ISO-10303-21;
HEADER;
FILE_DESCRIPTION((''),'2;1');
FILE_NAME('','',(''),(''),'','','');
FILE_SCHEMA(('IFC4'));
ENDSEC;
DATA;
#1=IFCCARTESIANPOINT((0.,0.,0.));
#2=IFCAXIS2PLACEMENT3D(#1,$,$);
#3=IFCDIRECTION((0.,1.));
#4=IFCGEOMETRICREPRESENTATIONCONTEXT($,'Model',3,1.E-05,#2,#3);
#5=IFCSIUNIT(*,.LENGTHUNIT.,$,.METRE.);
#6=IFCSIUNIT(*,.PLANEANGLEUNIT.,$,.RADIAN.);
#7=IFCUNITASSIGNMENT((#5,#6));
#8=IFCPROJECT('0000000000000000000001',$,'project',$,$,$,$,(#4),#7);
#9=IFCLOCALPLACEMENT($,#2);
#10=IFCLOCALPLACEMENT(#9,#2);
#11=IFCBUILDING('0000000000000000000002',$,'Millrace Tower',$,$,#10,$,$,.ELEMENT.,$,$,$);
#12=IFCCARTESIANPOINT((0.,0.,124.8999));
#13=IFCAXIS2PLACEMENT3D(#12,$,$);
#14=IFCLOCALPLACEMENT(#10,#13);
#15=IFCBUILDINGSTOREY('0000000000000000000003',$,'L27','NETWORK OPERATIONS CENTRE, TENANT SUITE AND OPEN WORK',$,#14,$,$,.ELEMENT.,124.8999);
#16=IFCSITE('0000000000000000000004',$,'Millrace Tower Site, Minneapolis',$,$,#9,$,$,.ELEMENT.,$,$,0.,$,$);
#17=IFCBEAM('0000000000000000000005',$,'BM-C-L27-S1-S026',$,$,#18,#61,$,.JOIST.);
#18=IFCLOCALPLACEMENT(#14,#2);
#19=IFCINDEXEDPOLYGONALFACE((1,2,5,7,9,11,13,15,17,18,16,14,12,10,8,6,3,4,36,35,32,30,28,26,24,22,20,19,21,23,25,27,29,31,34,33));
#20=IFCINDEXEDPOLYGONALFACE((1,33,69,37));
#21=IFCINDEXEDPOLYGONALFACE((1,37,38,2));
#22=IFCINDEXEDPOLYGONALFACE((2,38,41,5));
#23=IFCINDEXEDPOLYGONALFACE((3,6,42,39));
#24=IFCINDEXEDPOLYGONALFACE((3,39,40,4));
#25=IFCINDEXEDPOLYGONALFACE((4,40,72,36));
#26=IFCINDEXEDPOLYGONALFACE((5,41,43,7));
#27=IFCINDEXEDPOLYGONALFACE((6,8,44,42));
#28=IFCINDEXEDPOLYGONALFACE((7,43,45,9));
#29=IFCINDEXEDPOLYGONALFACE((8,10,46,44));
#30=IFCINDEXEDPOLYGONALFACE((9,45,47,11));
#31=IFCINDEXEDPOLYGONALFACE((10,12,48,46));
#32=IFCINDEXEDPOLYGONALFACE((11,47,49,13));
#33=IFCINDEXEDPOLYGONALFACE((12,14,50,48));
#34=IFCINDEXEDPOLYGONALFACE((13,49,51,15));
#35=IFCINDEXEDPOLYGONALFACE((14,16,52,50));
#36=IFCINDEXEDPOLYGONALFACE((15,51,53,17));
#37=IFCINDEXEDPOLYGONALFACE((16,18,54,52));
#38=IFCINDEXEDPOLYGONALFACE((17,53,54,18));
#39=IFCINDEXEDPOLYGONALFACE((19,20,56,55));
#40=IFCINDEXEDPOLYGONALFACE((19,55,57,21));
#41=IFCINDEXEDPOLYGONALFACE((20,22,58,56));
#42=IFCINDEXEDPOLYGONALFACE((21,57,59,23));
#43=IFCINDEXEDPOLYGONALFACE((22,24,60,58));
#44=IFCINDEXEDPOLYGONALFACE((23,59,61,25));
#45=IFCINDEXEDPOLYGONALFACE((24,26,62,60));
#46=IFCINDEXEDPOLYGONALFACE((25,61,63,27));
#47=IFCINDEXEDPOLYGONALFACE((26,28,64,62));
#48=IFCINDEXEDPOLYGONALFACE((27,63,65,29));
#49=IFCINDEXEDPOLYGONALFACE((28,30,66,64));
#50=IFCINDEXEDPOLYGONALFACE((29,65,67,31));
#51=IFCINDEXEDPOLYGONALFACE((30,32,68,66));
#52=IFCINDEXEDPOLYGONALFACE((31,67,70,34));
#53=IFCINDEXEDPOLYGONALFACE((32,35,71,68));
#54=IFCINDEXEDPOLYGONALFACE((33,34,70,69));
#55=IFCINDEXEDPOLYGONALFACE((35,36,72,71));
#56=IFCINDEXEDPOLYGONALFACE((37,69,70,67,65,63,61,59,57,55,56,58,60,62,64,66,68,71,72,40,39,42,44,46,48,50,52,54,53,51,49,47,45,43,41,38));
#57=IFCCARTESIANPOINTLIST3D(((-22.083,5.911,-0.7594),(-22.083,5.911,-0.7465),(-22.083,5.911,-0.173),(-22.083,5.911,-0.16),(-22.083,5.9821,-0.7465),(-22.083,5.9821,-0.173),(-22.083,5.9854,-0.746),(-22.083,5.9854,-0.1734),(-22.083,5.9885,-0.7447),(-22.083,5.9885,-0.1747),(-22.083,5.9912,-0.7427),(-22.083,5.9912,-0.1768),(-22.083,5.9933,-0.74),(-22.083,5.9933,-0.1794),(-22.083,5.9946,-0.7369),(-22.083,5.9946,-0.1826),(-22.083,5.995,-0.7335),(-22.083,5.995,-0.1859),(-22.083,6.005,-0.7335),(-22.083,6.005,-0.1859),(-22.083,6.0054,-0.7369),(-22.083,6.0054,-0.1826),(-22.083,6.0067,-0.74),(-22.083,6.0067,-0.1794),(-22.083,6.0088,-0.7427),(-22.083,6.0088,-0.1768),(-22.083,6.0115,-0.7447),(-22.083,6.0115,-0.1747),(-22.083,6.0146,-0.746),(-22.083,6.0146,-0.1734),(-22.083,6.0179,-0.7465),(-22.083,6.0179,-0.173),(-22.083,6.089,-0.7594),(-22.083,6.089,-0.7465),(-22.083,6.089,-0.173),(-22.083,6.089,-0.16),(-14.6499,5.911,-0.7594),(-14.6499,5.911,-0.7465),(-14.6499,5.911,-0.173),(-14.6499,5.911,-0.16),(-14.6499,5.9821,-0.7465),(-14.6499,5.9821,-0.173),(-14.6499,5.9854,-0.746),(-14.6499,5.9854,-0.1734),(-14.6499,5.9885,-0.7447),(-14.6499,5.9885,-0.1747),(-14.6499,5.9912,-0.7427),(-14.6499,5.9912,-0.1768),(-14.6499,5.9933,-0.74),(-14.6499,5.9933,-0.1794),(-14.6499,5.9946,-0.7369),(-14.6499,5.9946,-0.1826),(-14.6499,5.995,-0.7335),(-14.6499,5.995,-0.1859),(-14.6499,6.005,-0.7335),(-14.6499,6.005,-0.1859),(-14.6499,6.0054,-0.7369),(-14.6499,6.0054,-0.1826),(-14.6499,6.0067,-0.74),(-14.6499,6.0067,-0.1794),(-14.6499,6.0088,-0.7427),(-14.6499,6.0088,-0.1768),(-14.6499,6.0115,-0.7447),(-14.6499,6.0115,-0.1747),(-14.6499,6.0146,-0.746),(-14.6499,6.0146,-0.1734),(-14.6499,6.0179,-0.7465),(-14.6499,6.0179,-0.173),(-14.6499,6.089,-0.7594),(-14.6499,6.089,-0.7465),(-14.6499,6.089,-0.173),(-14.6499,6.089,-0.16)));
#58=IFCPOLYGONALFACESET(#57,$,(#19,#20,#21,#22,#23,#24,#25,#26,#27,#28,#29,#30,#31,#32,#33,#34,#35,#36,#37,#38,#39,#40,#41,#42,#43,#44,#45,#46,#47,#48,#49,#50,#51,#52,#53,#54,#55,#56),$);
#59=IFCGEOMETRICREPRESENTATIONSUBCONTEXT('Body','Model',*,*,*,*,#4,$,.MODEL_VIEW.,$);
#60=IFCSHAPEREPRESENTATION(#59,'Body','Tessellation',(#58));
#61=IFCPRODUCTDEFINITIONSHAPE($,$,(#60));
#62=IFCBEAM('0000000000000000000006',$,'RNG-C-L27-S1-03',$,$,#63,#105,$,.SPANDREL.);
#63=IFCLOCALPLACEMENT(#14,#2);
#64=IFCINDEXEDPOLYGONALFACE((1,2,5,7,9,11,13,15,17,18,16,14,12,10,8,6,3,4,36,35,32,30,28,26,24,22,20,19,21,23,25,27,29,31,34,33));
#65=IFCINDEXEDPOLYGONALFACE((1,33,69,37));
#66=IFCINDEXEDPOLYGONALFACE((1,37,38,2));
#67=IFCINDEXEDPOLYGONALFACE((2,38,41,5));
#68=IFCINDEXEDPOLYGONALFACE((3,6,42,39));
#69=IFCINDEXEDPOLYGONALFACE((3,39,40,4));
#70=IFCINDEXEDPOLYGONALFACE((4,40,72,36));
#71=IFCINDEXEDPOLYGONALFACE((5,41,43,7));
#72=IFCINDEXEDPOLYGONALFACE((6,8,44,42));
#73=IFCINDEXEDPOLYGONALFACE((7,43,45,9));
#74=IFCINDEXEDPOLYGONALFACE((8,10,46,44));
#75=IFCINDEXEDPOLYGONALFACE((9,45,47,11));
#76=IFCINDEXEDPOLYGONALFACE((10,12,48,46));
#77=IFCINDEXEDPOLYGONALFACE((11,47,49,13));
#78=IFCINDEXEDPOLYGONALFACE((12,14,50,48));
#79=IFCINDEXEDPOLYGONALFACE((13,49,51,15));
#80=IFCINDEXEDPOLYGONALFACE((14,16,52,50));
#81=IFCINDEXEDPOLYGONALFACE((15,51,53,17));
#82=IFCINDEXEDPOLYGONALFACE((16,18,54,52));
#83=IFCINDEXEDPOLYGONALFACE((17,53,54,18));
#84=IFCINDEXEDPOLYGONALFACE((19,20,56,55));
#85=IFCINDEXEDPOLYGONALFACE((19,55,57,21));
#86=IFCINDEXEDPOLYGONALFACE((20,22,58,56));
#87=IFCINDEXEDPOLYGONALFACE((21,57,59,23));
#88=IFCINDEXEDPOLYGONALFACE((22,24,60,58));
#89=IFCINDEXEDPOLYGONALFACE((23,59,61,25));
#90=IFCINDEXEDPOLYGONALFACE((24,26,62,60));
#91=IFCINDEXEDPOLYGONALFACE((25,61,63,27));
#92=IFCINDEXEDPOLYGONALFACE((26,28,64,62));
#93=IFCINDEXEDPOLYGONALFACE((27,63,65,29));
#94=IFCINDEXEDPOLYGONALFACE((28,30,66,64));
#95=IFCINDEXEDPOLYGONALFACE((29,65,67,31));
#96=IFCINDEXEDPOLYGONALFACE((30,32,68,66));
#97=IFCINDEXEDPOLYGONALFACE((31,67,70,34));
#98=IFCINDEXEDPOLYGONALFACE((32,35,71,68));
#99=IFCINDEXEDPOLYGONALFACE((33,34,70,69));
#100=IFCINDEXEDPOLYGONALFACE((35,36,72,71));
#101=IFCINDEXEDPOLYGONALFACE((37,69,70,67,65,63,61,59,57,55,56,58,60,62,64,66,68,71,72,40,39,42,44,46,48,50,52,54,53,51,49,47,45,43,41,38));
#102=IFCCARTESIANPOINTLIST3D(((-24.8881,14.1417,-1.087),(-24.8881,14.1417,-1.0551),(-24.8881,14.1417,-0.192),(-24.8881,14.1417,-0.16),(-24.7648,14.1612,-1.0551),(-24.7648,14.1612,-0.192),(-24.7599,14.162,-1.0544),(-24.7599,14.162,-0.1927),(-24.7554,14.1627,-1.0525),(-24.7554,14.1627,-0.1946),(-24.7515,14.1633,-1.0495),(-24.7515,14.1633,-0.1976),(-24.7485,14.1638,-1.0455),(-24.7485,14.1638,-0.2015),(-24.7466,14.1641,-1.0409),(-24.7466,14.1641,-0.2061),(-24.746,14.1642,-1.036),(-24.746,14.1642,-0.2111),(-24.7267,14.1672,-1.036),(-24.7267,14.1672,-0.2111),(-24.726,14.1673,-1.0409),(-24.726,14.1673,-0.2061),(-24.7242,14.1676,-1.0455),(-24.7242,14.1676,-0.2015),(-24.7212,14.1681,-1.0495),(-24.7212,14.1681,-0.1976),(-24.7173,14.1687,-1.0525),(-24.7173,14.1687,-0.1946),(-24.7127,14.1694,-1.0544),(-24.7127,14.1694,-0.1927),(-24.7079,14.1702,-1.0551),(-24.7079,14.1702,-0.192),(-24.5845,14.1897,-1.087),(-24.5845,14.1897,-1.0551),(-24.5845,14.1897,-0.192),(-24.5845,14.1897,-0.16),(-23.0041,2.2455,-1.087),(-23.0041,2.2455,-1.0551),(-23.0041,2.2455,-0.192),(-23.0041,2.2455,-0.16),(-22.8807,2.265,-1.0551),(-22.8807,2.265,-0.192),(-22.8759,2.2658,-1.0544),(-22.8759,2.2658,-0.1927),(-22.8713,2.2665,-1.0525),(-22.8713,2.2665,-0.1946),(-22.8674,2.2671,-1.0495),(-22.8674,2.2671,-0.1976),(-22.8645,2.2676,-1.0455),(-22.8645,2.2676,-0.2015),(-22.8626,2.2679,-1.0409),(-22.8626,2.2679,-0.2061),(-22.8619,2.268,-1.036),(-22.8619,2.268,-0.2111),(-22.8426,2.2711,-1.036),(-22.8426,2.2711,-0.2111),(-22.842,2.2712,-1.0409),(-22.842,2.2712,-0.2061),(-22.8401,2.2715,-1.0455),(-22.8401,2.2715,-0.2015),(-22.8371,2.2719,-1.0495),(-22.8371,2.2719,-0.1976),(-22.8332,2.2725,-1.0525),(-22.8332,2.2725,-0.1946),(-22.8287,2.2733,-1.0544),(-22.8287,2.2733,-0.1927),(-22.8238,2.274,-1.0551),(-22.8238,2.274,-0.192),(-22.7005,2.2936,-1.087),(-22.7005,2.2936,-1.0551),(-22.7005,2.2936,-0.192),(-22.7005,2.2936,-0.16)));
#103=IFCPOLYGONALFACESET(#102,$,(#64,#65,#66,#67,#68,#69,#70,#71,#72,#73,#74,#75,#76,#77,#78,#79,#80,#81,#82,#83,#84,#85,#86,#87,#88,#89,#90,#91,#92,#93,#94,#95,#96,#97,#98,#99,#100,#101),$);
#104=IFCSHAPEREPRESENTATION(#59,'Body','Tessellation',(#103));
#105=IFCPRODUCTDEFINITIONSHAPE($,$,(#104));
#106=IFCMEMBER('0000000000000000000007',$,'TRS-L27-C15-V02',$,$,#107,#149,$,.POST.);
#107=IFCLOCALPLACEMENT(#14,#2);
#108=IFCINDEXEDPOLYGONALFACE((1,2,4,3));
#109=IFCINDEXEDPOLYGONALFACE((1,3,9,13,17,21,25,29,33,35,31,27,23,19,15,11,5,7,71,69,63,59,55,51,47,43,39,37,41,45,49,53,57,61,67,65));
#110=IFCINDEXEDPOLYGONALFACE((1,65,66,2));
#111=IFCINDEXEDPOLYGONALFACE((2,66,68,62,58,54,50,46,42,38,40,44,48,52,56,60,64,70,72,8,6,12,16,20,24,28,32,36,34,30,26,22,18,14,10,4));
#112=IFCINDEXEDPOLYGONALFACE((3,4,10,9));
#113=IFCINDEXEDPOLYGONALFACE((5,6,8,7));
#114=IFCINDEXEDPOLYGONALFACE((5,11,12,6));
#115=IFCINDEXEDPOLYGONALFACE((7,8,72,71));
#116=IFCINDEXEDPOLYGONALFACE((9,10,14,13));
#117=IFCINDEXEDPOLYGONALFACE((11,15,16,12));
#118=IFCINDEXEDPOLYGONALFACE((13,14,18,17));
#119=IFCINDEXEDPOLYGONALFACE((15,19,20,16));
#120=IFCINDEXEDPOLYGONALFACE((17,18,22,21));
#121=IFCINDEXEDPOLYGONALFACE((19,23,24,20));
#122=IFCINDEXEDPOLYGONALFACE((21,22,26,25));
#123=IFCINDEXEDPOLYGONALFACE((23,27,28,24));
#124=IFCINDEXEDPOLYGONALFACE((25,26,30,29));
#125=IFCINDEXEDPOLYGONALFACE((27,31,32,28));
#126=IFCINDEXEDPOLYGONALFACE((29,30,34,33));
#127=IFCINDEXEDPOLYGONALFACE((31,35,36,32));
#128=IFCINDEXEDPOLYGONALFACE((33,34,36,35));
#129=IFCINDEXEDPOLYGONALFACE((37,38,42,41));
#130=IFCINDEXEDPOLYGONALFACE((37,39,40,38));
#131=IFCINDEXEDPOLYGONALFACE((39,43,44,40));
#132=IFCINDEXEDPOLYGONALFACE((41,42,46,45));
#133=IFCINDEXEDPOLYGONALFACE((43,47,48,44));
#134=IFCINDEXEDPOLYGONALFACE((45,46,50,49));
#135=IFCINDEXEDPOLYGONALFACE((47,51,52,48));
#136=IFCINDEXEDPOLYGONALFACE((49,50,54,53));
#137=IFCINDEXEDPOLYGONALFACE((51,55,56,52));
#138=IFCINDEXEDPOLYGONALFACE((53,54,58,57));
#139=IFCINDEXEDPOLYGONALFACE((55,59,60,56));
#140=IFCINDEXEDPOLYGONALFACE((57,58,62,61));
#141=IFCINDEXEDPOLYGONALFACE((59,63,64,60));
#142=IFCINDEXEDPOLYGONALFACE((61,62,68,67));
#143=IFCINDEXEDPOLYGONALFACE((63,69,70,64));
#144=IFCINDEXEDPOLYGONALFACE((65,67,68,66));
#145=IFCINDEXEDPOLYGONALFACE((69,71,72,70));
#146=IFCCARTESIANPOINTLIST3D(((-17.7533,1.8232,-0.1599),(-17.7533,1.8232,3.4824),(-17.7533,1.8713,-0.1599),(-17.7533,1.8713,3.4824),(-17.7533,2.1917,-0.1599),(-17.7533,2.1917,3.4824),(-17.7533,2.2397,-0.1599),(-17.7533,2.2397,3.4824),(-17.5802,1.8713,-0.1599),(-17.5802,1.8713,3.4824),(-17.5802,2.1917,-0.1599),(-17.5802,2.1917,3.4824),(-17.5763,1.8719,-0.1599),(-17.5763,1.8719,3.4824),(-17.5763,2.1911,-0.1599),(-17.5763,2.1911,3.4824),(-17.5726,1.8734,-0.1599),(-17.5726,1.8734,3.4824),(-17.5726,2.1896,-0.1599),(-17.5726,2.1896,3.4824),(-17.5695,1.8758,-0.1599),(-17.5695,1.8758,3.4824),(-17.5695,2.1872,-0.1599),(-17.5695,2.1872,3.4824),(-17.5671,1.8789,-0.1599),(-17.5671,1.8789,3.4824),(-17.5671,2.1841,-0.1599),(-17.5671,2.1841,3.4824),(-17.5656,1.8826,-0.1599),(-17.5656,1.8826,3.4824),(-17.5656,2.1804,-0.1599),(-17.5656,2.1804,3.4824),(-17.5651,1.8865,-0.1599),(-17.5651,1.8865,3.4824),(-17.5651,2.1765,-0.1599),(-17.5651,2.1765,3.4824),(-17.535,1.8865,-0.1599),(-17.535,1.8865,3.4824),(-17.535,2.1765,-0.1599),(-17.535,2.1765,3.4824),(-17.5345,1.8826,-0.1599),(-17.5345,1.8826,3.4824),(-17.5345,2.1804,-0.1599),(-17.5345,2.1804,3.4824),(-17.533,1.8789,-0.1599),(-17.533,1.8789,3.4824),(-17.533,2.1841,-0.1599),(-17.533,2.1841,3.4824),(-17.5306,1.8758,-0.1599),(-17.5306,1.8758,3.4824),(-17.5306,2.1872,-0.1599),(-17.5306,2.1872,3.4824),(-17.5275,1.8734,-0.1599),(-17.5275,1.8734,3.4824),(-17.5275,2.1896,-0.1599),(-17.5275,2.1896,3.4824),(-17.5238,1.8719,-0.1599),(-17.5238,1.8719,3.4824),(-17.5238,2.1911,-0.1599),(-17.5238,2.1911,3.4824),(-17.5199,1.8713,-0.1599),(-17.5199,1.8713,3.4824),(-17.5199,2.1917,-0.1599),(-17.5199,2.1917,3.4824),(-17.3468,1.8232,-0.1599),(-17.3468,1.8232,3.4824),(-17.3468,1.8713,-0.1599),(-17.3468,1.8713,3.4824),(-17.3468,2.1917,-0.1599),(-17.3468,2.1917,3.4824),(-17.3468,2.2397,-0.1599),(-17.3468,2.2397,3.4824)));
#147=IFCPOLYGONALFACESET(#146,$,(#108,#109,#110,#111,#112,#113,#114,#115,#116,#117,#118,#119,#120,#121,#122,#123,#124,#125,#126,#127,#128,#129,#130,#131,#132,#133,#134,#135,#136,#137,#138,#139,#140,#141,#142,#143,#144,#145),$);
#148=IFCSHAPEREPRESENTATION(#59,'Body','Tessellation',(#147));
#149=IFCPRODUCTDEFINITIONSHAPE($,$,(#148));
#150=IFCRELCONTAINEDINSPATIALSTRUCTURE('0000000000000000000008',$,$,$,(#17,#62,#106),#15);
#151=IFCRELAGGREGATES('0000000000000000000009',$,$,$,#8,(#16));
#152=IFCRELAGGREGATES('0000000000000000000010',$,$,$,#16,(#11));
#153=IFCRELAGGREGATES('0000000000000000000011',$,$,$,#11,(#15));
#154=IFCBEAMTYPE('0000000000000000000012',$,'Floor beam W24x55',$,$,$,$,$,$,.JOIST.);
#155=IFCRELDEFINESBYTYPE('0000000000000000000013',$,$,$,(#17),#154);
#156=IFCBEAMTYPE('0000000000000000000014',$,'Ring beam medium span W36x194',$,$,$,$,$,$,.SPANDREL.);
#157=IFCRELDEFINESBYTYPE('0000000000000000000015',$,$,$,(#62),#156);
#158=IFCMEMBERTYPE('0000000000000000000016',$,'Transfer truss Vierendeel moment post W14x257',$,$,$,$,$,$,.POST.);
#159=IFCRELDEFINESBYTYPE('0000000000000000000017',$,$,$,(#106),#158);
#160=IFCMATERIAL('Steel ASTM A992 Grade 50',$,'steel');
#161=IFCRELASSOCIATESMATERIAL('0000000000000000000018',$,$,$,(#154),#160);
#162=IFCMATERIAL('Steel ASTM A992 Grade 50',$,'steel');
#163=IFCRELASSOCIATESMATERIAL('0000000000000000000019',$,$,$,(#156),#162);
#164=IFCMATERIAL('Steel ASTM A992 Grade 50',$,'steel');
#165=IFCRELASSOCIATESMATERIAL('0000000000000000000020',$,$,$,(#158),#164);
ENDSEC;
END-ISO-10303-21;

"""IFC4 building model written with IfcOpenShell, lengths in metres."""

from ifc_helpers import new_model, si_unit, direction, frame, origin, origin_2d, place, context, subcontext, project, spatial, i_section, extrude, material, material_profile, profile_set, type_object, element, save


model = new_model("IFC4")

# Units and contexts
model_context = context("Model", 3, precision=1e-05, world=origin(), true_north=direction((0.0, 1.0)))
body_context = subcontext(model_context, "Body", "Model", "MODEL_VIEW")
ifc_project = project(units=[si_unit("LENGTHUNIT", "METRE"), si_unit("PLANEANGLEUNIT", "RADIAN")], contexts=[model_context])

# Site, building, storey
site_placement = place(None, origin())
site = spatial("IfcSite", under=ifc_project, at=site_placement, Name="Millrace Tower Site, Minneapolis", CompositionType="ELEMENT", RefElevation=0.0)
building_placement = place(site_placement, origin())
building = spatial("IfcBuilding", under=site, at=building_placement, Name="Millrace Tower", CompositionType="ELEMENT")
storey_placement = place(building_placement, frame((0.0, 0.0, 124.8999)))
storey = spatial("IfcBuildingStorey", under=building, at=storey_placement, Name="L27", Description="NETWORK OPERATIONS CENTRE, TENANT SUITE AND OPEN WORK", CompositionType="ELEMENT", Elevation=124.8999)

# Beams
ifc_material_1 = material(Name="Steel ASTM A992 Grade 50", Category="steel")
ifc_material_profile_1 = material_profile(ifc_material_1, i_section(OverallWidth=0.178, OverallDepth=0.5994, WebThickness=0.01, FlangeThickness=0.0129, FilletRadius=0.0129, at=origin_2d()))
ifc_profile_set_1 = profile_set([ifc_material_profile_1], Name="Steel ASTM A992 Grade 50")
beam_type_1 = type_object("IfcBeamType", Name="Floor beam W24x55", PredefinedType="JOIST", material=ifc_profile_set_1)
for number, where, z_axis, x_axis, name in (
    (1, (-22.083, 6.0, -0.4597), (1.0, 0.0, 0.0), (0.0, 1.0, 0.0), "BM-C-L27-S1-S026"),
):
    element("IfcBeam", number, at=place(storey_placement, frame(where, z_axis=z_axis, x_axis=x_axis)), inside=storey, type_object=beam_type_1, Name=name, PredefinedType="JOIST", context=body_context, shape_type="SweptSolid", body=[
        extrude(i_section(OverallWidth=0.178, OverallDepth=0.5994, WebThickness=0.01, FlangeThickness=0.0129, FilletRadius=0.0129, at=origin_2d()), origin(), (0.0, 0.0, 1.0), 7.4331),
    ])
ifc_material_2 = material(Name="Steel ASTM A992 Grade 50", Category="steel")
ifc_material_profile_2 = material_profile(ifc_material_2, i_section(OverallWidth=0.3074, OverallDepth=0.927, WebThickness=0.0195, FlangeThickness=0.032, FilletRadius=0.019, at=origin_2d()))
ifc_profile_set_2 = profile_set([ifc_material_profile_2], Name="Steel ASTM A992 Grade 50")
beam_type_2 = type_object("IfcBeamType", Name="Ring beam medium span W36x194", PredefinedType="SPANDREL", material=ifc_profile_set_2)
beam_placement = place(storey_placement, frame((-22.8523, 2.2695, -0.6235), z_axis=(-0.156423, 0.98769, 0.0), x_axis=(-0.98769, -0.156423, 0.0)))
element("IfcBeam", 2, at=beam_placement, inside=storey, type_object=beam_type_2, Name="RNG-C-L27-S1-03", PredefinedType="SPANDREL", context=body_context, shape_type="SweptSolid", body=[
    extrude(i_section(OverallWidth=0.3074, OverallDepth=0.927, WebThickness=0.0195, FlangeThickness=0.032, FilletRadius=0.019, at=origin_2d()), origin(), (0.0, 0.0, 1.0), 12.0444),
])

# Member
ifc_material_3 = material(Name="Steel ASTM A992 Grade 50", Category="steel")
ifc_material_profile_3 = material_profile(ifc_material_3, i_section(OverallWidth=0.4065, OverallDepth=0.4165, WebThickness=0.03, FlangeThickness=0.0481, FilletRadius=0.0151, at=origin_2d()))
ifc_profile_set_3 = profile_set([ifc_material_profile_3], Name="Steel ASTM A992 Grade 50")
member_type_1 = type_object("IfcMemberType", Name="Transfer truss Vierendeel moment post W14x257", PredefinedType="POST", material=ifc_profile_set_3)
member_1_placement = place(storey_placement, frame((-17.55, 2.0315, -0.1599), z_axis=(0.0, 0.0, 1.0), x_axis=(1.0, 0.0, 0.0)))
element("IfcMember", 3, at=member_1_placement, inside=storey, type_object=member_type_1, Name="TRS-L27-C15-V02", PredefinedType="POST", context=body_context, shape_type="SweptSolid", body=[
    extrude(i_section(OverallWidth=0.4065, OverallDepth=0.4165, WebThickness=0.03, FlangeThickness=0.0481, FilletRadius=0.0151, at=origin_2d()), origin(), (0.0, 0.0, 1.0), 3.6423),
])

save(model, "model.ifc")
